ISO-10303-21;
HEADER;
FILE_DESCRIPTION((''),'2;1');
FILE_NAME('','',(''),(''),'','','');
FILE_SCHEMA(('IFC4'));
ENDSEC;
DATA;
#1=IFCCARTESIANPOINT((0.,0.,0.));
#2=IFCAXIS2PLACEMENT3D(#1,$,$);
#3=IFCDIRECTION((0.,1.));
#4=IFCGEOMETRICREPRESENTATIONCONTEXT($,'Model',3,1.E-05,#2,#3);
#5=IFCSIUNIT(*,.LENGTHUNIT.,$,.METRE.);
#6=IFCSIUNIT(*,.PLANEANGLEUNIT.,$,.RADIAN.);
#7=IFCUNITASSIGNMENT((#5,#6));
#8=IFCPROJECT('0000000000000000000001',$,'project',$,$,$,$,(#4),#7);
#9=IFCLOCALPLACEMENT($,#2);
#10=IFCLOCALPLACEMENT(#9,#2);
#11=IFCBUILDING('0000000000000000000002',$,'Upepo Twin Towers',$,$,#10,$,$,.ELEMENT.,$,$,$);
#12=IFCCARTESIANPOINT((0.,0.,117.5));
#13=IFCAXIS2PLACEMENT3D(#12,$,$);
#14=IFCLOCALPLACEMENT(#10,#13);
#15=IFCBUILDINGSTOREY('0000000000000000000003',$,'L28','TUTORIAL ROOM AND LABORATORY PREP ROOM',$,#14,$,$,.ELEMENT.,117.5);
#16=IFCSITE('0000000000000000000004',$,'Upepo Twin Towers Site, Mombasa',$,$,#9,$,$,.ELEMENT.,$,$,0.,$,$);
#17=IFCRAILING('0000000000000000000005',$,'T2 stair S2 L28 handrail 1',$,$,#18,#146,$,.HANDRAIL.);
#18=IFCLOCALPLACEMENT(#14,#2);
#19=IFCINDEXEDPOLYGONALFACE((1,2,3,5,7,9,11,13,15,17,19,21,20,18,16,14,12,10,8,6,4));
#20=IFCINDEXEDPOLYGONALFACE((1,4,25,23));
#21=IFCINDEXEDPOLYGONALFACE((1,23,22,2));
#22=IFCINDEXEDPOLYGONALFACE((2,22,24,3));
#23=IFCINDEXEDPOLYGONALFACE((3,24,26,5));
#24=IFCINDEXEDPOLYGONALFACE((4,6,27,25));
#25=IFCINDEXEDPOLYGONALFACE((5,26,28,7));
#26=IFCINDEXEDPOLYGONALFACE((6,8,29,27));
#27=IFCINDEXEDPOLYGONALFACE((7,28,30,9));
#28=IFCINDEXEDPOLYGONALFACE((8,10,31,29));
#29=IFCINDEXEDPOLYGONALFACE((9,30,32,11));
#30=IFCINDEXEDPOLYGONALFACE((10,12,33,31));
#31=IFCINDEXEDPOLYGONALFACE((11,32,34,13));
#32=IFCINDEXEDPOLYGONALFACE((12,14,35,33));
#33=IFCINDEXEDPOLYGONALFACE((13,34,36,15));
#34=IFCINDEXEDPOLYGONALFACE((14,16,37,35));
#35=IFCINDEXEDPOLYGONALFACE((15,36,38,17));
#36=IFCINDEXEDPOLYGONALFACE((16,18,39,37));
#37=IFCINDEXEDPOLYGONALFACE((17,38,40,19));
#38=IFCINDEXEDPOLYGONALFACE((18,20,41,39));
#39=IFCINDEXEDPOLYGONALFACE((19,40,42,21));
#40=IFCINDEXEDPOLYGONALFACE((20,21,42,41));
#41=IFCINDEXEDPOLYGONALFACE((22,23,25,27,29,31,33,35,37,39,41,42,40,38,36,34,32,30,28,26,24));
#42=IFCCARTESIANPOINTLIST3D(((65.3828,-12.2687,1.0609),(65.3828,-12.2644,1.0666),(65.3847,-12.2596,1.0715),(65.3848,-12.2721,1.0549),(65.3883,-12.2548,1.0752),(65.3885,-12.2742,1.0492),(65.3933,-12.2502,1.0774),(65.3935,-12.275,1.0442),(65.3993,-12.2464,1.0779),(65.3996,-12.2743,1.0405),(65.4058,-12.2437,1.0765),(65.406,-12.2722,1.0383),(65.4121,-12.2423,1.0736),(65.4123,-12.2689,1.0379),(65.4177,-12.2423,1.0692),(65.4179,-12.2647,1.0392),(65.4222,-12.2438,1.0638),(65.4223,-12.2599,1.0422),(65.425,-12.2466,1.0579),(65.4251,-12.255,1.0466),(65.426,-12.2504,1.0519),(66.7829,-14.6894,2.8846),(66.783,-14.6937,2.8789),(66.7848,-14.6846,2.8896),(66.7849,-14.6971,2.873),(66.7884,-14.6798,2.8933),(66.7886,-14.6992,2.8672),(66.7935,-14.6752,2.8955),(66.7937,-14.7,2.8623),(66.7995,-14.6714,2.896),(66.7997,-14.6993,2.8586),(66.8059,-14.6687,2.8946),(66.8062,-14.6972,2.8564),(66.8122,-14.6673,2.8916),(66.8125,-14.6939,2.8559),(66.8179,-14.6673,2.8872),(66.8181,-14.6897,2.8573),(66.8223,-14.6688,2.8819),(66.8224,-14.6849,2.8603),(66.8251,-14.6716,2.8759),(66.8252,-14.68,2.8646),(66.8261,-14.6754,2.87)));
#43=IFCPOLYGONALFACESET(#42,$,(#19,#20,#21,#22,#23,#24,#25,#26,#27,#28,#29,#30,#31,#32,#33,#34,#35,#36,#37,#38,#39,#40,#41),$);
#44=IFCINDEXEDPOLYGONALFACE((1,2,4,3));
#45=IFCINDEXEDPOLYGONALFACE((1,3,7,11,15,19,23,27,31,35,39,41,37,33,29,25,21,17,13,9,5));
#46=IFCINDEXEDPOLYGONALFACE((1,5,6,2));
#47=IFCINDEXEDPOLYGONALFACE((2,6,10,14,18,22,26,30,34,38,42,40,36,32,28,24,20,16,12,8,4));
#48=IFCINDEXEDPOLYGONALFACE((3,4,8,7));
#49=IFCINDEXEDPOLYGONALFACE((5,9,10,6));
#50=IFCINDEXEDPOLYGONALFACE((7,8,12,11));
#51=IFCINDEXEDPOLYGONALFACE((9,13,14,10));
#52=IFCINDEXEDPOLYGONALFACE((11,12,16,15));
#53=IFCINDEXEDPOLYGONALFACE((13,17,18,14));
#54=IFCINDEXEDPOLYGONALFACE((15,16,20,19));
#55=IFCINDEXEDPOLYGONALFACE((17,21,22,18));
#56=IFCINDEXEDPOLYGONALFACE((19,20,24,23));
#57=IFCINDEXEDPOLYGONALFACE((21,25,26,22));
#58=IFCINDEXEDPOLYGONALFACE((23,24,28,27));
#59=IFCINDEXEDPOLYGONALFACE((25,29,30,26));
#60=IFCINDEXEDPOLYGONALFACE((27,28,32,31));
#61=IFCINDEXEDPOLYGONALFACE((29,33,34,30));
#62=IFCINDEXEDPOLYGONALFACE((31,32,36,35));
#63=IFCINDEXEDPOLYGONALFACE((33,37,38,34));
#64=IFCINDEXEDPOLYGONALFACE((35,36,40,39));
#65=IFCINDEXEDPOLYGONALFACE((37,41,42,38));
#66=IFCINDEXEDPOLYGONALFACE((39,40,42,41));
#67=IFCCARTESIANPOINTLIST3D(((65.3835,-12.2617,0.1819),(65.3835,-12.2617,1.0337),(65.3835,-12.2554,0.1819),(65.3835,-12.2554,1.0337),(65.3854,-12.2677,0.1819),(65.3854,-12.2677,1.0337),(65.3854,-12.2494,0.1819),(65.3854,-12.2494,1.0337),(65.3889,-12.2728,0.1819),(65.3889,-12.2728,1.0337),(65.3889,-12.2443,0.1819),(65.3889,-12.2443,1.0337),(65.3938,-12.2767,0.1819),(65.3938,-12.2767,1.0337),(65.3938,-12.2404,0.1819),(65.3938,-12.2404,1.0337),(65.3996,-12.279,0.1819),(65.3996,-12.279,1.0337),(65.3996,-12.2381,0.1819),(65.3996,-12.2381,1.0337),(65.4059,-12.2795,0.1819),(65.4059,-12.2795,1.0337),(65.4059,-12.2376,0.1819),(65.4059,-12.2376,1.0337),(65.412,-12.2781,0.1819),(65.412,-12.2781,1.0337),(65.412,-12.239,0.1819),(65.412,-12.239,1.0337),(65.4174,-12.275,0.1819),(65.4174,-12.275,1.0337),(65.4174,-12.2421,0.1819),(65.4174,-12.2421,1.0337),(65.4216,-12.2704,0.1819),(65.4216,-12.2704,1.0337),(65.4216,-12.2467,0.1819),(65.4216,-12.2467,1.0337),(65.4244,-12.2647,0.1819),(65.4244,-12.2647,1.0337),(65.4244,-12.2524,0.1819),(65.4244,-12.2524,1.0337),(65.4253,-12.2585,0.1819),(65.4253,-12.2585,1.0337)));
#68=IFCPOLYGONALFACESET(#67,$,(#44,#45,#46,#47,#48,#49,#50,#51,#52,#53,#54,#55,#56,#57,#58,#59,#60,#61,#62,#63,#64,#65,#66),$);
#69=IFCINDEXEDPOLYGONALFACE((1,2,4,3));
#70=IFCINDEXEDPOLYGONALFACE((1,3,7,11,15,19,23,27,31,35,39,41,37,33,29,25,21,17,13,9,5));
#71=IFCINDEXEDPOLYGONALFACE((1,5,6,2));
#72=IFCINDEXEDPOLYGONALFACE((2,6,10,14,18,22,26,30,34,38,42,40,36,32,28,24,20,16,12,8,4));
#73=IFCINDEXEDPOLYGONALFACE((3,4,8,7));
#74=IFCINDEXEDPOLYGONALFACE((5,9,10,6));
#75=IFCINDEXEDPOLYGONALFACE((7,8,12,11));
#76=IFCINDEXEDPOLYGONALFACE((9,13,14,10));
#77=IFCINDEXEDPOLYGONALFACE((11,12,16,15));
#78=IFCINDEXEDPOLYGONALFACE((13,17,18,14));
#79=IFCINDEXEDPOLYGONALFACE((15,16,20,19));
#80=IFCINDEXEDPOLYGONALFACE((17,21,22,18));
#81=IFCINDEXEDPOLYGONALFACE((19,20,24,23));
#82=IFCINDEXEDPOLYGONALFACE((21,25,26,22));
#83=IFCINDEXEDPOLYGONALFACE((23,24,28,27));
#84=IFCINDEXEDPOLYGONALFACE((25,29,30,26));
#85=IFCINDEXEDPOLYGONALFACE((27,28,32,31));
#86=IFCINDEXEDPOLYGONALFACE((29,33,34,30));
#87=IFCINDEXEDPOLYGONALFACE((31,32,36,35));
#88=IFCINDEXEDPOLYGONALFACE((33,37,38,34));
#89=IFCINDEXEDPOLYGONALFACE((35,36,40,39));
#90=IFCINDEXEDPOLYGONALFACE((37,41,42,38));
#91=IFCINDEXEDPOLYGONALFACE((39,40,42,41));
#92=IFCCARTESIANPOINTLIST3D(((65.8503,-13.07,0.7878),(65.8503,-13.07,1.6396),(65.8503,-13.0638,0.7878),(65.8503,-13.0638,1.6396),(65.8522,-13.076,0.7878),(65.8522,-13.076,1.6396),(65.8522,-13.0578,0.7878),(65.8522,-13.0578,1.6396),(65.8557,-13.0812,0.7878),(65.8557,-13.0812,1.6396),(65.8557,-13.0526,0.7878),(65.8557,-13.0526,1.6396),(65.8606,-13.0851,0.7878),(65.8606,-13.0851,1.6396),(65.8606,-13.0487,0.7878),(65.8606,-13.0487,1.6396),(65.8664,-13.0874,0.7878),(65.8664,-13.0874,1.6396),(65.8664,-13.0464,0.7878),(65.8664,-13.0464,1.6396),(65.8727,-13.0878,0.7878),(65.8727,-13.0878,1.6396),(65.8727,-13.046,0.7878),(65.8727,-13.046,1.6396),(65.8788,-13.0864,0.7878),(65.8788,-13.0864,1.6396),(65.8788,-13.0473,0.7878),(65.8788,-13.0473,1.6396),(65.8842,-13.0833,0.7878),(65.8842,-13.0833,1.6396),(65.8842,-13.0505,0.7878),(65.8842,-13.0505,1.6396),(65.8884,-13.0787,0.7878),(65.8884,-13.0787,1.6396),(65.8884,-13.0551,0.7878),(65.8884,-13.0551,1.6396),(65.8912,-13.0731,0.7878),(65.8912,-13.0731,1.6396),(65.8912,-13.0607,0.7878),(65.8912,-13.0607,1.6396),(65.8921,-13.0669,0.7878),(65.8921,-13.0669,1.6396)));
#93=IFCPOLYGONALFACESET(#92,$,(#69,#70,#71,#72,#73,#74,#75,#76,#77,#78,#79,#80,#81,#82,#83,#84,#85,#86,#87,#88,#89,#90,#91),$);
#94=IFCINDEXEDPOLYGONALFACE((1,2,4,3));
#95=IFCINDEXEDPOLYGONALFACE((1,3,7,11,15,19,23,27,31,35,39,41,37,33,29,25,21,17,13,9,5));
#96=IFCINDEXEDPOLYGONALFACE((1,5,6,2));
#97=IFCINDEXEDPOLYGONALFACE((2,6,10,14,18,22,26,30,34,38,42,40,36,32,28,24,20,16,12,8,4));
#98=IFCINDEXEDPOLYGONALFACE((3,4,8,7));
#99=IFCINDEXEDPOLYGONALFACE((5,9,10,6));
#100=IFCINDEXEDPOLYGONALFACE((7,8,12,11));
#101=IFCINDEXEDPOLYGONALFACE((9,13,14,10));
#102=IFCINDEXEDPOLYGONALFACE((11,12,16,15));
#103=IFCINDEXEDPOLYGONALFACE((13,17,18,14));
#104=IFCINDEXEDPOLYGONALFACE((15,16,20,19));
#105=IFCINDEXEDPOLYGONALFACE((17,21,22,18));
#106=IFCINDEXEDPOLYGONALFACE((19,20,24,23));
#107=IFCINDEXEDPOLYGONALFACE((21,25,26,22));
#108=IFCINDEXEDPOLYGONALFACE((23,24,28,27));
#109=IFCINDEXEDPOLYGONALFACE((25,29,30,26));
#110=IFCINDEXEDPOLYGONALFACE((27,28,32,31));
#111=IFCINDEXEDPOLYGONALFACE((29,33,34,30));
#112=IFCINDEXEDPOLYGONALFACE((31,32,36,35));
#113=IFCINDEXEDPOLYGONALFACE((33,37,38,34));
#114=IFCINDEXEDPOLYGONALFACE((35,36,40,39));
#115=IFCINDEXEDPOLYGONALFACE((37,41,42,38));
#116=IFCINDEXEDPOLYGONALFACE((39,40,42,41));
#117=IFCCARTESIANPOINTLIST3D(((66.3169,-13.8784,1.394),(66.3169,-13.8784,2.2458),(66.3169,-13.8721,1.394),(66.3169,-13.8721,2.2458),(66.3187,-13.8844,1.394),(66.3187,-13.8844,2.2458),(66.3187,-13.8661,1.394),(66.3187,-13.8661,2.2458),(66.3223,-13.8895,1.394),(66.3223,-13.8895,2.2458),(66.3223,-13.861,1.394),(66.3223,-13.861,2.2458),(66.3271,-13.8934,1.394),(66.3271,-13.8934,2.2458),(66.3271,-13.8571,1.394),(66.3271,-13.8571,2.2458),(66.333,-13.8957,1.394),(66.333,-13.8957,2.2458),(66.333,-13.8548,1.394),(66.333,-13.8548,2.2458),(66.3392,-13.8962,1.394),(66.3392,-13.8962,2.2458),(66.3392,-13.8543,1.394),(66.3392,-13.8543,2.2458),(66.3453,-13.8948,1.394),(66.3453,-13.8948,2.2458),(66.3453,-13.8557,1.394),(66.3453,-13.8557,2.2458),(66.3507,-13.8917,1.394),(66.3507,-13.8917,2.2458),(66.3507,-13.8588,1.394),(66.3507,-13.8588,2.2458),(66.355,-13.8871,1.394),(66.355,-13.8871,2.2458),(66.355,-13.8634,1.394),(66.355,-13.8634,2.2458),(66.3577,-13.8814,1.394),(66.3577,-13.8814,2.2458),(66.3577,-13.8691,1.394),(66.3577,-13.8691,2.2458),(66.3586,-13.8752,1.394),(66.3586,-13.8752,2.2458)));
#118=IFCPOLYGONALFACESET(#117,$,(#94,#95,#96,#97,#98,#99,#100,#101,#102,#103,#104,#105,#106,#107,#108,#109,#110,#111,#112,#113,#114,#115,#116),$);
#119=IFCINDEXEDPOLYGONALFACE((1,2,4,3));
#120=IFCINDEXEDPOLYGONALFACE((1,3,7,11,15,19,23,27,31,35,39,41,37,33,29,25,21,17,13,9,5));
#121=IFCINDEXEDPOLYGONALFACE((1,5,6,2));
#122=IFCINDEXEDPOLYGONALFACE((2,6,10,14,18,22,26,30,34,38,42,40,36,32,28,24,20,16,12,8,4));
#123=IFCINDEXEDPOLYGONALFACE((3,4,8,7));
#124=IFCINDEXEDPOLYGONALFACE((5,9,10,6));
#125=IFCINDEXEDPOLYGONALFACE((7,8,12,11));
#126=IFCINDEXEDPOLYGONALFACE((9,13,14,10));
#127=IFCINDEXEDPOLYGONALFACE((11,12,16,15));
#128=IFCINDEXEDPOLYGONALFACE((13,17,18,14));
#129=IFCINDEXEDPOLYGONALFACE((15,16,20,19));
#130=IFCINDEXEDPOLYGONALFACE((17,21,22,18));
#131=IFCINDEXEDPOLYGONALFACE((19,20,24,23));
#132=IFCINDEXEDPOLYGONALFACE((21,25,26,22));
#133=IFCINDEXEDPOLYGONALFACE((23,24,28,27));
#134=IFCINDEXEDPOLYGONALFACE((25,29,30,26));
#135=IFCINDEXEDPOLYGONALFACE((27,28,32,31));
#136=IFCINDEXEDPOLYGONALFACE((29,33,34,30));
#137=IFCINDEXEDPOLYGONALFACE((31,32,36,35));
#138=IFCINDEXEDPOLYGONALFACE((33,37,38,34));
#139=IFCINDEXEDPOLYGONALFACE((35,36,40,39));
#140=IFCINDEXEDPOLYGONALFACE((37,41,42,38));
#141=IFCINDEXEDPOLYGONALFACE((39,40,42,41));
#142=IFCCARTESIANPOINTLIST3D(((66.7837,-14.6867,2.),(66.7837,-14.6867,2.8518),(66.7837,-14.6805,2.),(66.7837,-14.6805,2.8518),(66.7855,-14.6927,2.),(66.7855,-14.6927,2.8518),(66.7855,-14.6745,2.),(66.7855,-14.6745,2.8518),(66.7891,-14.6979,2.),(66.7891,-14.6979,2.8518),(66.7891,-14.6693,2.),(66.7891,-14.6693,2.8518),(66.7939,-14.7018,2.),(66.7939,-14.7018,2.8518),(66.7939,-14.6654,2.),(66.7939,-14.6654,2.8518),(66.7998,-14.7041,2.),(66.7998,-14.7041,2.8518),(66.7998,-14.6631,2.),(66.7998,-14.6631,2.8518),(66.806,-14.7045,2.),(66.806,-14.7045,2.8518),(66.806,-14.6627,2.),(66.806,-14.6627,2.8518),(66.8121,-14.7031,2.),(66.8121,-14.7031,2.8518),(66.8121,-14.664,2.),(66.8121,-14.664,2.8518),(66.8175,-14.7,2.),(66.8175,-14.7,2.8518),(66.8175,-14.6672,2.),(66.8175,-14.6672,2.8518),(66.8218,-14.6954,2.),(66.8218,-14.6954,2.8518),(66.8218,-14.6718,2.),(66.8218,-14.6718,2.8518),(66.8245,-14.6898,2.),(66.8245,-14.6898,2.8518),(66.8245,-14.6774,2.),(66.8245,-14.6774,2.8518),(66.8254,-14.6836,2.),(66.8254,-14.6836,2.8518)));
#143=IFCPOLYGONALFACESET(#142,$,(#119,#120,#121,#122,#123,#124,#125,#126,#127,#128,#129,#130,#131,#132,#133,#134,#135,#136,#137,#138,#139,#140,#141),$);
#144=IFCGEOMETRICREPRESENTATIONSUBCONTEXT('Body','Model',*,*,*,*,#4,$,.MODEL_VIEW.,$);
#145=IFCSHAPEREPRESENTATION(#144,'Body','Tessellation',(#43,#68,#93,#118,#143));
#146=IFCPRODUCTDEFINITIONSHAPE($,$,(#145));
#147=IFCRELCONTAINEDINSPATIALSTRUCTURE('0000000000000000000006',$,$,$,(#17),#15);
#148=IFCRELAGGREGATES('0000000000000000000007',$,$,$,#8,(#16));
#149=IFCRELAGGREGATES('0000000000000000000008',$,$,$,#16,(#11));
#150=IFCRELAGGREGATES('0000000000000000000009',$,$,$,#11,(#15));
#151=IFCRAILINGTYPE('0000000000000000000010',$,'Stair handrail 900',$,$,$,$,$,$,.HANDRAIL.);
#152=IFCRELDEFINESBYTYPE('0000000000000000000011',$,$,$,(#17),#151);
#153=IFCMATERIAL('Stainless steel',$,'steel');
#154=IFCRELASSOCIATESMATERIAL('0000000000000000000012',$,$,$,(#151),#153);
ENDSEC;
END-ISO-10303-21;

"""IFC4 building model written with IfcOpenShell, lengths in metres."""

from ifc_helpers import new_model, si_unit, direction, frame, origin, origin_2d, place, context, subcontext, project, spatial, circle, extrude, material, type_object, element, save


model = new_model("IFC4")

# Units and contexts
model_context = context("Model", 3, precision=1e-05, world=origin(), true_north=direction((0.0, 1.0)))
body_context = subcontext(model_context, "Body", "Model", "MODEL_VIEW")
ifc_project = project(units=[si_unit("LENGTHUNIT", "METRE"), si_unit("PLANEANGLEUNIT", "RADIAN")], contexts=[model_context])

# Site, building, storey
site_placement = place(None, origin())
site = spatial("IfcSite", under=ifc_project, at=site_placement, Name="Upepo Twin Towers Site, Mombasa", CompositionType="ELEMENT", RefElevation=0.0)
building_placement = place(site_placement, origin())
building = spatial("IfcBuilding", under=site, at=building_placement, Name="Upepo Twin Towers", CompositionType="ELEMENT")
storey_placement = place(building_placement, frame((0.0, 0.0, 117.5)))
storey = spatial("IfcBuildingStorey", under=building, at=storey_placement, Name="L28", Description="TUTORIAL ROOM AND LABORATORY PREP ROOM", CompositionType="ELEMENT", Elevation=117.5)

# Railing
ifc_material_1 = material(Name="Stainless steel", Category="steel")
railing_type = type_object("IfcRailingType", Name="Stair handrail 900", PredefinedType="HANDRAIL", material=ifc_material_1)
railing_1_placement = place(storey_placement, frame((65.4043, -12.2585, 0.1819)))
element("IfcRailing", 1, at=railing_1_placement, inside=storey, type_object=railing_type, Name="T2 stair S2 L28 handrail 1", PredefinedType="HANDRAIL", context=body_context, shape_type="SweptSolid", body=[
    extrude(circle(Radius=0.0239, at=origin_2d()), frame((0.0, 0.0, 0.876), z_axis=(0.419371, -0.726349, 0.54456), x_axis=(0.866019, 0.500012, 0.0)), (0.0, 0.0, 1.0), 3.3386),
    extrude(circle(Radius=0.021, at=origin_2d()), origin(), (0.0, 0.0, 1.0), 0.8518),
    extrude(circle(Radius=0.021, at=origin_2d()), frame((0.4668, -0.8083, 0.606)), (0.0, 0.0, 1.0), 0.8518),
    extrude(circle(Radius=0.021, at=origin_2d()), frame((0.9333, -1.6167, 1.2122)), (0.0, 0.0, 1.0), 0.8518),
    extrude(circle(Radius=0.021, at=origin_2d()), frame((1.4001, -2.425, 1.8181)), (0.0, 0.0, 1.0), 0.8518),
])

save(model, "model.ifc")
